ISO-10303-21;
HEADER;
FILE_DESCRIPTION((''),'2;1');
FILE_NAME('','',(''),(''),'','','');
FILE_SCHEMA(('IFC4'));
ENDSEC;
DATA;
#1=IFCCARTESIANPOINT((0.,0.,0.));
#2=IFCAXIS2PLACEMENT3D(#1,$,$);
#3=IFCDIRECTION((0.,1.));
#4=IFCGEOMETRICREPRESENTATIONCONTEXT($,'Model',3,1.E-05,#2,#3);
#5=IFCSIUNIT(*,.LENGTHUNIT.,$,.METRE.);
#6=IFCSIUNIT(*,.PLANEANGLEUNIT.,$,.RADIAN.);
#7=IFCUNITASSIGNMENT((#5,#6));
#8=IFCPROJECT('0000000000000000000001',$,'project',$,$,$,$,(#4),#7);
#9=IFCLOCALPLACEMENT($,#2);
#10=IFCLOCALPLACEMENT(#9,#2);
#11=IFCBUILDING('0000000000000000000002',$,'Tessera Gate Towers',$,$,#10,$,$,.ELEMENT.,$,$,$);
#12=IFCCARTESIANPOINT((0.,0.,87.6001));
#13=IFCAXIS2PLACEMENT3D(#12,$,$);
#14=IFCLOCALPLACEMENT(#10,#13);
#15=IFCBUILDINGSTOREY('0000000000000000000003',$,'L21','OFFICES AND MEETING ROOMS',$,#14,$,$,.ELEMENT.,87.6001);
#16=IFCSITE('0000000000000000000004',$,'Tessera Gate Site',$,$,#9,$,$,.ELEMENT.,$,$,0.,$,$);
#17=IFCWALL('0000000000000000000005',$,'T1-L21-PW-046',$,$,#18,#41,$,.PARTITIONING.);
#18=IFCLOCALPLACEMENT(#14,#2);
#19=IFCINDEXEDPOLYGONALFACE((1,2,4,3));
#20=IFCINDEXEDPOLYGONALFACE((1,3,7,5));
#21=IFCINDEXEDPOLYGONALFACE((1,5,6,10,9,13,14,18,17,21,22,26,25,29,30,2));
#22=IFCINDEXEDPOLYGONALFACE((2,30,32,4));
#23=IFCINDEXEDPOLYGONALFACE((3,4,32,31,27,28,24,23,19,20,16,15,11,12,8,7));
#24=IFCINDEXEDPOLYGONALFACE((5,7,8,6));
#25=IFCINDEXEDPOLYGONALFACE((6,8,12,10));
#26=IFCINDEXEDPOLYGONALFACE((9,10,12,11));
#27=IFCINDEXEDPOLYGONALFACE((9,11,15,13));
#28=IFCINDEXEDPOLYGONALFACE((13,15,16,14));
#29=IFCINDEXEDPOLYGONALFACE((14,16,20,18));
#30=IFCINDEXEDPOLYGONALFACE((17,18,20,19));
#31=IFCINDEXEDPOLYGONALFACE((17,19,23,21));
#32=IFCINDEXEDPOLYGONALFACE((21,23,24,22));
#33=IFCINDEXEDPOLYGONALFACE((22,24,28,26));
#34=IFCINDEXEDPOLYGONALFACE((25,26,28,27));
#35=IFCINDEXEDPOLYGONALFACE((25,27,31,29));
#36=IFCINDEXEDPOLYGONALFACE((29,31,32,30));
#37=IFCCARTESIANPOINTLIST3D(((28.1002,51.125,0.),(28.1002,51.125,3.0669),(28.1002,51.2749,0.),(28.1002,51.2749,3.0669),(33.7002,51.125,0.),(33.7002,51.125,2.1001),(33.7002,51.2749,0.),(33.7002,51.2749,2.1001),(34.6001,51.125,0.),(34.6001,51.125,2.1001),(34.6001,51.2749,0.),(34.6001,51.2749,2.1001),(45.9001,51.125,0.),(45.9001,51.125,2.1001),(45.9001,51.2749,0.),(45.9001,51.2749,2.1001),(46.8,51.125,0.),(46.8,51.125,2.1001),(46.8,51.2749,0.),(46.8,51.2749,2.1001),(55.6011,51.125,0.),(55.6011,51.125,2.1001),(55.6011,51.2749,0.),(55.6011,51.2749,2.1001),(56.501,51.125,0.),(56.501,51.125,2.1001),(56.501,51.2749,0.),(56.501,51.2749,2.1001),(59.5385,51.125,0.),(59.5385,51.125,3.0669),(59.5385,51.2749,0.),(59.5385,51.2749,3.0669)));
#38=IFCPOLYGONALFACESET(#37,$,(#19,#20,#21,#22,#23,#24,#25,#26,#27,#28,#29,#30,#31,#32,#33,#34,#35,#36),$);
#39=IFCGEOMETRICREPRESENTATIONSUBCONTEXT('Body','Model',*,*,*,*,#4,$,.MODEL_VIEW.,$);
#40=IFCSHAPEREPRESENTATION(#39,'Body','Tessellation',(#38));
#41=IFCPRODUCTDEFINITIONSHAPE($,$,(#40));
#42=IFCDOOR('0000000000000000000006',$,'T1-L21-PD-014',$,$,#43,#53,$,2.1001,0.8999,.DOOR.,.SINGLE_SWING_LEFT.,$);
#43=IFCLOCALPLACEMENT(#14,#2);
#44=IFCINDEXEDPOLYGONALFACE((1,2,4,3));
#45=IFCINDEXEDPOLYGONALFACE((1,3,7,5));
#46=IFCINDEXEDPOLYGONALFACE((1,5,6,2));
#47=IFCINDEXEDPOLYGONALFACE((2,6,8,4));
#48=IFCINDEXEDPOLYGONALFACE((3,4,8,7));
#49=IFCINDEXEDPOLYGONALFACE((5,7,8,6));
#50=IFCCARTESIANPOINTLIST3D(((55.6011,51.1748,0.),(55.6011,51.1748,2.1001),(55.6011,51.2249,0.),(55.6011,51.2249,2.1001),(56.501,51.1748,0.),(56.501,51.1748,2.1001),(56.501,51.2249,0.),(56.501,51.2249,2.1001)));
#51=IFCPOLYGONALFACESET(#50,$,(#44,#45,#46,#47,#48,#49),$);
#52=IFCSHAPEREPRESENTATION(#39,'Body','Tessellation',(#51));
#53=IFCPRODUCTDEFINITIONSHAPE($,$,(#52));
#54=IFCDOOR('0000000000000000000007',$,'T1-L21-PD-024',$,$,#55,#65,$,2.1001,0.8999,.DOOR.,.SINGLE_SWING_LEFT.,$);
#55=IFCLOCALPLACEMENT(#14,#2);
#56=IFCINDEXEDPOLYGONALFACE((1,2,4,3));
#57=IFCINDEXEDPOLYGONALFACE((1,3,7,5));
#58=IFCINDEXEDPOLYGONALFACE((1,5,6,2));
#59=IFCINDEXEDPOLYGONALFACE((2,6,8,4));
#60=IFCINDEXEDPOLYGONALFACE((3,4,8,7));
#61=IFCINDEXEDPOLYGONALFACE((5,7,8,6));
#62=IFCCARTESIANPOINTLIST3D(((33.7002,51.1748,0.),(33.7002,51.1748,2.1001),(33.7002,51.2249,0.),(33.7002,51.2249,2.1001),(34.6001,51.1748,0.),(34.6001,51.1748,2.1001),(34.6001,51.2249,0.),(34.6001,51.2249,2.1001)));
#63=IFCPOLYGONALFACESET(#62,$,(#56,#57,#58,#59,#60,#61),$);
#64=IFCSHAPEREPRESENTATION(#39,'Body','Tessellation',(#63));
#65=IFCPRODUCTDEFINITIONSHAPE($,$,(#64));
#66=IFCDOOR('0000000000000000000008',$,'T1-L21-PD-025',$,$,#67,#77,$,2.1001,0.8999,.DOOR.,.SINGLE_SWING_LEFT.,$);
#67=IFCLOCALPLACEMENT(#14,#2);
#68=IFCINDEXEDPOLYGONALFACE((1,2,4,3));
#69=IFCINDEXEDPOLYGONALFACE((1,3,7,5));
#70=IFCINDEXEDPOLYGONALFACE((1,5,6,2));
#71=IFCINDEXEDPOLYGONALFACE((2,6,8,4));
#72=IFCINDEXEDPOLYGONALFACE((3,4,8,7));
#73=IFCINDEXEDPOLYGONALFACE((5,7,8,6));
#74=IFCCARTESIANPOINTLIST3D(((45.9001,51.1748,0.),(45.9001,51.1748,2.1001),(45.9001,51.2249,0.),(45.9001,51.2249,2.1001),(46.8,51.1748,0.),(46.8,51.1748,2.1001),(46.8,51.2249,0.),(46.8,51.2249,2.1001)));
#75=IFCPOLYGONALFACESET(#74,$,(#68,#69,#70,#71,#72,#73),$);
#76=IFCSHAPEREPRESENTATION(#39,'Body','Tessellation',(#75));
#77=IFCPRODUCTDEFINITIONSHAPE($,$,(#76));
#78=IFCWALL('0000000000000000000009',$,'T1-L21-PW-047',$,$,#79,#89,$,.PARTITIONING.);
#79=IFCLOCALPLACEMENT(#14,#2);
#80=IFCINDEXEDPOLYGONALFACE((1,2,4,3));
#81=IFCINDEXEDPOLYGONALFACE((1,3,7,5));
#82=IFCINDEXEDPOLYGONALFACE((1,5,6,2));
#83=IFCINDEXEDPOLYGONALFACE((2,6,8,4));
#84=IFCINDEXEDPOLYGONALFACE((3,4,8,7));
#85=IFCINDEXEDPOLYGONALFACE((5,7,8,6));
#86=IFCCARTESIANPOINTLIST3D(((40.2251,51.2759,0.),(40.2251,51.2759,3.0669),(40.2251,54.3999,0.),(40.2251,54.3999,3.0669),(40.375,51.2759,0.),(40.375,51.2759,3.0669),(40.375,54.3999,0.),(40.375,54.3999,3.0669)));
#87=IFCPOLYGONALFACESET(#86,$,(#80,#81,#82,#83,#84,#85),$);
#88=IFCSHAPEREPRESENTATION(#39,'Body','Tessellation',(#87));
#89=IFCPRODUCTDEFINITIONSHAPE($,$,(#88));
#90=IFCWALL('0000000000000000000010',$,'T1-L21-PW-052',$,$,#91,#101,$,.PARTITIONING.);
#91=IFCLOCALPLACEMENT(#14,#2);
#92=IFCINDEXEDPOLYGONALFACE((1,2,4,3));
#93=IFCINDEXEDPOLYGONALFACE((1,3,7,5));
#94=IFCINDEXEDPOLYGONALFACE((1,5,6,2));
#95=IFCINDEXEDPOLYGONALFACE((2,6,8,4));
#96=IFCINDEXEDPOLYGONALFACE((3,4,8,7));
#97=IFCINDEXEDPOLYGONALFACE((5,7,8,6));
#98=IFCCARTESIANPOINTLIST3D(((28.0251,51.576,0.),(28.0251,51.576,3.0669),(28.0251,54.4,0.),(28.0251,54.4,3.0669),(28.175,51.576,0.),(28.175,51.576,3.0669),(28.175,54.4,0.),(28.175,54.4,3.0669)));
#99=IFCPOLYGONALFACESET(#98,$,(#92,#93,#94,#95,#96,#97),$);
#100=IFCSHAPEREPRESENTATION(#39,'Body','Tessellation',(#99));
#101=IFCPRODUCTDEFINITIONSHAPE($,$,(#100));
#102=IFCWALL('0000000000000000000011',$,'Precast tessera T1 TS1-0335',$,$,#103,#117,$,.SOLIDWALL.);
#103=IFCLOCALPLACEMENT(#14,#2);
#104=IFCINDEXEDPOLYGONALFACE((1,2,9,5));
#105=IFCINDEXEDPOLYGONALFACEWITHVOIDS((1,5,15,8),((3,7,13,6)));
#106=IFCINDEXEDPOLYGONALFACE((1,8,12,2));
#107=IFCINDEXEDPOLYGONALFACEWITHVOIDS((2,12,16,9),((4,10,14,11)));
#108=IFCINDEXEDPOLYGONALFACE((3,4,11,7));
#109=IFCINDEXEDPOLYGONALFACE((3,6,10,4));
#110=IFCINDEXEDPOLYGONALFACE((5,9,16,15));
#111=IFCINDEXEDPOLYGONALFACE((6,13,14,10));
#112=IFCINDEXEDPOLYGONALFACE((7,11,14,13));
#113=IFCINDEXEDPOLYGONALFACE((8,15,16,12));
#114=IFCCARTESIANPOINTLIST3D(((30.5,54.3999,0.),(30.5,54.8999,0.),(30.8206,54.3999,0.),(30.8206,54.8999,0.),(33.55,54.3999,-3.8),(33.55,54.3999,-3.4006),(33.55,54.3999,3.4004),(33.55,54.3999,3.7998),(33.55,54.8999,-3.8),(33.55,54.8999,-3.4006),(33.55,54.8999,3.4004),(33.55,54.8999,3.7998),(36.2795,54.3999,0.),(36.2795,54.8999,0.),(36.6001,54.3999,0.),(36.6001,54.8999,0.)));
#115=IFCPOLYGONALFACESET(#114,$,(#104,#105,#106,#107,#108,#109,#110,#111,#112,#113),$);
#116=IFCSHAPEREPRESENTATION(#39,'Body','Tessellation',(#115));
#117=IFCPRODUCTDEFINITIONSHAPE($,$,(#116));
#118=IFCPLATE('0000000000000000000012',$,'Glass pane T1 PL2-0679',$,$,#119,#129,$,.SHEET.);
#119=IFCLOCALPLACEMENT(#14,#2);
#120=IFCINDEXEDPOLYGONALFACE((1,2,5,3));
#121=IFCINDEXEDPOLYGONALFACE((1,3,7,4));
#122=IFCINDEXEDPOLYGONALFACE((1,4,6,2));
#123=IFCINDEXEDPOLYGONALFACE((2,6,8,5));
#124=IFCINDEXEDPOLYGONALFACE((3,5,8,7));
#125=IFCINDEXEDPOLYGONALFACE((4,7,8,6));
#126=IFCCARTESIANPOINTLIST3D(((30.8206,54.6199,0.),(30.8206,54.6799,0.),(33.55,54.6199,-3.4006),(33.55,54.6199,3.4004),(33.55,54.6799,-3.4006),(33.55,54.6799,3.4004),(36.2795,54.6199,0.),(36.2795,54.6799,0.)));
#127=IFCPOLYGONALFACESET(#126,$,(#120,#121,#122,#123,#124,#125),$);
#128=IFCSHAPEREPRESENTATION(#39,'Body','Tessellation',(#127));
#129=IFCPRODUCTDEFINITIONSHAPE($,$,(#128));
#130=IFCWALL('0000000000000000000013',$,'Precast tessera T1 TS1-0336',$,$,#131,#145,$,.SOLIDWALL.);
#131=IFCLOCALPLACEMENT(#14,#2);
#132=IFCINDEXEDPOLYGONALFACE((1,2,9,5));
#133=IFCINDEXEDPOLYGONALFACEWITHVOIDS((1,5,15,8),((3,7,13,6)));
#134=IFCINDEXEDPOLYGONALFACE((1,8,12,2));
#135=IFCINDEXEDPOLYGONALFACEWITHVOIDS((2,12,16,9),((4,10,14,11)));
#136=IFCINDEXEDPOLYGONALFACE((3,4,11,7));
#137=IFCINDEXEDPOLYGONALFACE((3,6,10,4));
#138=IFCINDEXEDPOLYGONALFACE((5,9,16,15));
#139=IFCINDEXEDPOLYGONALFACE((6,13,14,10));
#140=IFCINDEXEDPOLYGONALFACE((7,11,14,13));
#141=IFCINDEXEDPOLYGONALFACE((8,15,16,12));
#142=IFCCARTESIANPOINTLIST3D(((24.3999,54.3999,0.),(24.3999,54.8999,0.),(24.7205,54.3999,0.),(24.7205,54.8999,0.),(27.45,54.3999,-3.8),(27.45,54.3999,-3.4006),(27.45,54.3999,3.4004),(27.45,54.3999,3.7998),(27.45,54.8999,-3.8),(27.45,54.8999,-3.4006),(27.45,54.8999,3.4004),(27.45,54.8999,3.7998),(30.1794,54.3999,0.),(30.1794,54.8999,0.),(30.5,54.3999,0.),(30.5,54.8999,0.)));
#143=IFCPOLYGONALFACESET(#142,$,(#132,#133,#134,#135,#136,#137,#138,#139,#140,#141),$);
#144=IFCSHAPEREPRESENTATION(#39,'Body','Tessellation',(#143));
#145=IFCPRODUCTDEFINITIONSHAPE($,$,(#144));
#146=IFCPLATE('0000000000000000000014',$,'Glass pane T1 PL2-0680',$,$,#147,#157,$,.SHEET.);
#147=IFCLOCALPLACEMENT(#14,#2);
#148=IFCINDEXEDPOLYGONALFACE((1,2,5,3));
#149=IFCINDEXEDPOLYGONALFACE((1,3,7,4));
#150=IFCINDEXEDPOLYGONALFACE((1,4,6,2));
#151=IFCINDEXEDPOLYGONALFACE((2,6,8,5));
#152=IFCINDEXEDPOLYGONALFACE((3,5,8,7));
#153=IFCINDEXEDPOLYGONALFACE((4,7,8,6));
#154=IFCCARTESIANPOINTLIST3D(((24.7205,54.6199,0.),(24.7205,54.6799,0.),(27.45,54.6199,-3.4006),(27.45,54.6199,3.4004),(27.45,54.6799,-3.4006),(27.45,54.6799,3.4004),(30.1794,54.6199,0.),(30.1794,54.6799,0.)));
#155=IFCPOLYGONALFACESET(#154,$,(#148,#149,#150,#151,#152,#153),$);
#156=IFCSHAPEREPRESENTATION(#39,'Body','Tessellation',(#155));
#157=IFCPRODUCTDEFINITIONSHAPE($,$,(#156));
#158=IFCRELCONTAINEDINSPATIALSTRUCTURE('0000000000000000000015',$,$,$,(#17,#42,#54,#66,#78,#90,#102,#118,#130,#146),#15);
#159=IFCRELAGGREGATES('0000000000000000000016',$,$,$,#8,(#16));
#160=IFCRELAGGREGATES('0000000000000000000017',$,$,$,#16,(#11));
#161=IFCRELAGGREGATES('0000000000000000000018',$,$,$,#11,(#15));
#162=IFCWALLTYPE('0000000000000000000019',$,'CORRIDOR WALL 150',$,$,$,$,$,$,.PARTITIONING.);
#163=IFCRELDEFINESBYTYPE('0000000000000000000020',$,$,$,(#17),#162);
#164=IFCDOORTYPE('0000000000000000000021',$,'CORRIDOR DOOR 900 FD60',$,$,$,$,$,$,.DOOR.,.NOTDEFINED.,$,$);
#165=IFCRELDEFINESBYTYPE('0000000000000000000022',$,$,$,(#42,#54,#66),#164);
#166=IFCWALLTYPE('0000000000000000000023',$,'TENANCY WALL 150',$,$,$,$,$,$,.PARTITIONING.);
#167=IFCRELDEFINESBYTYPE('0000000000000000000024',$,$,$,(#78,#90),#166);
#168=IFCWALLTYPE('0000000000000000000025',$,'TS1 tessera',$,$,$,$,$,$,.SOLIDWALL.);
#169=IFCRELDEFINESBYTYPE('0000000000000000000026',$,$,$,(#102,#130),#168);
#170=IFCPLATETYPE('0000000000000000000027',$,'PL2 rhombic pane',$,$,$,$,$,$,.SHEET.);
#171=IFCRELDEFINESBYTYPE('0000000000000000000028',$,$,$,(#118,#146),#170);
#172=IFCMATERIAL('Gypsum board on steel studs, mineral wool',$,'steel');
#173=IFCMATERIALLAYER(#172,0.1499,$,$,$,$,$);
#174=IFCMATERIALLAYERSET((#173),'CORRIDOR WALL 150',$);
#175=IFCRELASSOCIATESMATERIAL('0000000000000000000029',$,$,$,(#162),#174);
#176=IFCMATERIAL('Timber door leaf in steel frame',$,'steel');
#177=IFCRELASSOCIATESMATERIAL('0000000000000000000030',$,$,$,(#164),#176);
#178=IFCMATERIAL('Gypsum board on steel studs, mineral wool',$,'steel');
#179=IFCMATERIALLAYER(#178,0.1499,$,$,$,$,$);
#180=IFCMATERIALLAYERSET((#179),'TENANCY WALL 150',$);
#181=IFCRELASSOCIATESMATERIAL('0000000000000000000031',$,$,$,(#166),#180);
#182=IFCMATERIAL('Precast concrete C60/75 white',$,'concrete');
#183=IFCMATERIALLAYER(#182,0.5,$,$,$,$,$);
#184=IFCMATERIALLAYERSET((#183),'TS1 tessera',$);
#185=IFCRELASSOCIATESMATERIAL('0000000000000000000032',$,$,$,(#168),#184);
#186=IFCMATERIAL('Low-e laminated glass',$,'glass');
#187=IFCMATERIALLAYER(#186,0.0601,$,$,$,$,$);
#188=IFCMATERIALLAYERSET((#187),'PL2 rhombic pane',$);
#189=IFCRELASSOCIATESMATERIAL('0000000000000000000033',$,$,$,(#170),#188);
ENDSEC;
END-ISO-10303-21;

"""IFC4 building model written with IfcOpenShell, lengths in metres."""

from ifc_helpers import new_model, si_unit, direction, frame, frame_2d, origin, place, context, subcontext, project, spatial, polyline, rectangle, outline, extrude, source, transform, mapped, material, layer, layer_set, type_object, element, fill, save


model = new_model("IFC4")

# Units and contexts
model_context = context("Model", 3, precision=1e-05, world=origin(), true_north=direction((0.0, 1.0)))
body_context = subcontext(model_context, "Body", "Model", "MODEL_VIEW")
ifc_project = project(units=[si_unit("LENGTHUNIT", "METRE"), si_unit("PLANEANGLEUNIT", "RADIAN")], contexts=[model_context])

# Site, building, storey
site_placement = place(None, origin())
site = spatial("IfcSite", under=ifc_project, at=site_placement, Name="Tessera Gate Site", CompositionType="ELEMENT", RefElevation=0.0)
building_placement = place(site_placement, origin())
building = spatial("IfcBuilding", under=site, at=building_placement, Name="Tessera Gate Towers", CompositionType="ELEMENT")
storey_placement = place(building_placement, frame((0.0, 0.0, 87.6001)))
storey = spatial("IfcBuildingStorey", under=building, at=storey_placement, Name="L21", Description="OFFICES AND MEETING ROOMS", CompositionType="ELEMENT", Elevation=87.6001)

# Shared definitions
ifc_material_1 = material(Name="Gypsum board on steel studs, mineral wool", Category="steel")
ifc_layer_1 = layer(ifc_material_1, 0.1499)
ifc_layer_set_1 = layer_set([ifc_layer_1], Name="CORRIDOR WALL 150")
wall_type_1 = type_object("IfcWallType", Name="CORRIDOR WALL 150", PredefinedType="PARTITIONING", material=ifc_layer_set_1)

# Wall, openings, doors
wall_1_placement = place(storey_placement, frame((28.1001, 51.2, 0.0), z_axis=(0.0, 0.0, 1.0), x_axis=(1.0, 0.0, 0.0)))
wall_1 = element("IfcWall", 1, at=wall_1_placement, inside=storey, type_object=wall_type_1, Name="T1-L21-PW-046", PredefinedType="PARTITIONING", context=body_context, shape_type="SweptSolid", body=[
    extrude(rectangle(XDim=31.4382, YDim=0.1499, at=frame_2d((15.7192, 0.0))), origin(), (0.0, 0.0, 1.0), 3.0669),
])
shared_shape_1 = source(origin(), body_context, "Body", "SweptSolid", [
    extrude(rectangle(XDim=0.8999, YDim=2.1001, at=frame_2d((0.45, 1.05))), frame((0.0, 0.085, 0.0), z_axis=(0.0, -1.0, 0.0), x_axis=(1.0, 0.0, 0.0)), (0.0, 0.0, 1.0), 0.1699),
])
opening_1_placement = place(wall_1_placement, frame((27.501, 0.0, 0.0)))
opening_1 = element("IfcOpeningElement", 2, at=opening_1_placement, cuts=wall_1, PredefinedType="OPENING", context=body_context, shape_type="MappedRepresentation", body=[
    mapped(shared_shape_1, transform((0.0, 0.0, 0.0), scale=1.0)),
])
opening_2_placement = place(wall_1_placement, frame((5.6001, 0.0, 0.0)))
opening_2 = element("IfcOpeningElement", 3, at=opening_2_placement, cuts=wall_1, PredefinedType="OPENING", context=body_context, shape_type="MappedRepresentation", body=[
    mapped(shared_shape_1, transform((0.0, 0.0, 0.0), scale=1.0)),
])
opening_3_placement = place(wall_1_placement, frame((17.8, 0.0, 0.0)))
opening_3 = element("IfcOpeningElement", 4, at=opening_3_placement, cuts=wall_1, PredefinedType="OPENING", context=body_context, shape_type="MappedRepresentation", body=[
    mapped(shared_shape_1, transform((0.0, 0.0, 0.0), scale=1.0)),
])
ifc_material_2 = material(Name="Timber door leaf in steel frame", Category="steel")
door_type = type_object("IfcDoorType", Name="CORRIDOR DOOR 900 FD60", OperationType="NOTDEFINED", PredefinedType="DOOR", material=ifc_material_2)
shared_shape_2 = source(origin(), body_context, "Body", "SweptSolid", [
    extrude(rectangle(XDim=0.8999, YDim=2.1001, at=frame_2d((0.45, 1.05))), frame((0.0, 0.0249, 0.0), z_axis=(0.0, -1.0, 0.0), x_axis=(1.0, 0.0, 0.0)), (0.0, 0.0, 1.0), 0.05),
])
door_1_placement = place(opening_1_placement, origin())
door_1 = element("IfcDoor", 5, at=door_1_placement, inside=storey, type_object=door_type, Name="T1-L21-PD-014", OperationType="SINGLE_SWING_LEFT", OverallHeight=2.1001, OverallWidth=0.8999, PredefinedType="DOOR", context=body_context, shape_type="MappedRepresentation", body=[
    mapped(shared_shape_2, transform((0.0, 0.0, 0.0), scale=1.0)),
])
fill(opening_1, door_1)
door_2_placement = place(opening_2_placement, origin())
door_2 = element("IfcDoor", 6, at=door_2_placement, inside=storey, type_object=door_type, Name="T1-L21-PD-024", OperationType="SINGLE_SWING_LEFT", OverallHeight=2.1001, OverallWidth=0.8999, PredefinedType="DOOR", context=body_context, shape_type="MappedRepresentation", body=[
    mapped(shared_shape_2, transform((0.0, 0.0, 0.0), scale=1.0)),
])
fill(opening_2, door_2)
door_3_placement = place(opening_3_placement, origin())
door_3 = element("IfcDoor", 7, at=door_3_placement, inside=storey, type_object=door_type, Name="T1-L21-PD-025", OperationType="SINGLE_SWING_LEFT", OverallHeight=2.1001, OverallWidth=0.8999, PredefinedType="DOOR", context=body_context, shape_type="MappedRepresentation", body=[
    mapped(shared_shape_2, transform((0.0, 0.0, 0.0), scale=1.0)),
])
fill(opening_3, door_3)

# Walls
ifc_material_3 = material(Name="Gypsum board on steel studs, mineral wool", Category="steel")
ifc_layer_2 = layer(ifc_material_3, 0.1499)
ifc_layer_set_2 = layer_set([ifc_layer_2], Name="TENANCY WALL 150")
wall_type_2 = type_object("IfcWallType", Name="TENANCY WALL 150", PredefinedType="PARTITIONING", material=ifc_layer_set_2)
wall_2_placement = place(storey_placement, frame((40.3, 51.2759, 0.0), z_axis=(0.0, 0.0, 1.0), x_axis=(0.0, 1.0, 0.0)))
element("IfcWall", 8, at=wall_2_placement, inside=storey, type_object=wall_type_2, Name="T1-L21-PW-047", PredefinedType="PARTITIONING", context=body_context, shape_type="SweptSolid", body=[
    extrude(rectangle(XDim=3.124, YDim=0.1499, at=frame_2d((1.562, 0.0))), origin(), (0.0, 0.0, 1.0), 3.0669),
])
wall_3_placement = place(storey_placement, frame((28.1001, 51.5759, 0.0), z_axis=(0.0, 0.0, 1.0), x_axis=(0.0, 1.0, 0.0)))
element("IfcWall", 9, at=wall_3_placement, inside=storey, type_object=wall_type_2, Name="T1-L21-PW-052", PredefinedType="PARTITIONING", context=body_context, shape_type="SweptSolid", body=[
    extrude(rectangle(XDim=2.824, YDim=0.1499, at=frame_2d((1.4121, 0.0))), origin(), (0.0, 0.0, 1.0), 3.0669),
])

# Walls, openings, plates
ifc_material_4 = material(Name="Precast concrete C60/75 white", Category="concrete")
ifc_layer_3 = layer(ifc_material_4, 0.5)
ifc_layer_set_3 = layer_set([ifc_layer_3], Name="TS1 tessera")
wall_type_3 = type_object("IfcWallType", Name="TS1 tessera", PredefinedType="SOLIDWALL", material=ifc_layer_set_3)
shared_shape_3 = source(origin(), body_context, "Body", "SweptSolid", [
    extrude(outline(polyline([(3.05, 0.0), (6.1001, 3.8), (3.05, 7.5999), (0.0, 3.8), (3.05, 0.0)])), frame((0.0, 0.25, 0.0), z_axis=(0.0, -1.0, 0.0), x_axis=(1.0, 0.0, 0.0)), (0.0, 0.0, 1.0), 0.5),
])
wall_4_placement = place(storey_placement, frame((36.6001, 54.6499, -3.8), z_axis=(0.0, 0.0, 1.0), x_axis=(-1.0, 0.0, 0.0)))
wall_4 = element("IfcWall", 10, at=wall_4_placement, inside=storey, type_object=wall_type_3, Name="Precast tessera T1 TS1-0335", PredefinedType="SOLIDWALL", context=body_context, shape_type="MappedRepresentation", body=[
    mapped(shared_shape_3, transform((0.0, 0.0, 0.0), scale=1.0)),
])
shared_shape_4 = source(origin(), body_context, "Body", "SweptSolid", [
    extrude(outline(polyline([(3.05, 0.3994), (5.7795, 3.8), (3.05, 7.2004), (0.3206, 3.8), (3.05, 0.3994)])), frame((0.0, 0.26, 0.0), z_axis=(0.0, -1.0, 0.0), x_axis=(1.0, 0.0, 0.0)), (0.0, 0.0, 1.0), 0.52),
])
opening_4_placement = place(wall_4_placement, origin())
opening_4 = element("IfcOpeningElement", 11, at=opening_4_placement, cuts=wall_4, PredefinedType="OPENING", context=body_context, shape_type="MappedRepresentation", body=[
    mapped(shared_shape_4, transform((0.0, 0.0, 0.0), scale=1.0)),
])
ifc_material_5 = material(Name="Low-e laminated glass", Category="glass")
ifc_layer_4 = layer(ifc_material_5, 0.0601)
ifc_layer_set_4 = layer_set([ifc_layer_4], Name="PL2 rhombic pane")
plate_type = type_object("IfcPlateType", Name="PL2 rhombic pane", PredefinedType="SHEET", material=ifc_layer_set_4)
shared_shape_5 = source(origin(), body_context, "Body", "SweptSolid", [
    extrude(outline(polyline([(3.05, 0.3994), (5.7795, 3.8), (3.05, 7.2004), (0.3206, 3.8), (3.05, 0.3994)])), frame((0.0, 0.03, 0.0), z_axis=(0.0, -1.0, 0.0), x_axis=(1.0, 0.0, 0.0)), (0.0, 0.0, 1.0), 0.0601),
])
plate_1_placement = place(opening_4_placement, origin())
plate_1 = element("IfcPlate", 12, at=plate_1_placement, inside=storey, type_object=plate_type, Name="Glass pane T1 PL2-0679", PredefinedType="SHEET", context=body_context, shape_type="MappedRepresentation", body=[
    mapped(shared_shape_5, transform((0.0, 0.0, 0.0), scale=1.0)),
])
fill(opening_4, plate_1)
wall_5_placement = place(storey_placement, frame((30.5, 54.6499, -3.8), z_axis=(0.0, 0.0, 1.0), x_axis=(-1.0, 0.0, 0.0)))
wall_5 = element("IfcWall", 13, at=wall_5_placement, inside=storey, type_object=wall_type_3, Name="Precast tessera T1 TS1-0336", PredefinedType="SOLIDWALL", context=body_context, shape_type="MappedRepresentation", body=[
    mapped(shared_shape_3, transform((0.0, 0.0, 0.0), scale=1.0)),
])
opening_5_placement = place(wall_5_placement, origin())
opening_5 = element("IfcOpeningElement", 14, at=opening_5_placement, cuts=wall_5, PredefinedType="OPENING", context=body_context, shape_type="MappedRepresentation", body=[
    mapped(shared_shape_4, transform((0.0, 0.0, 0.0), scale=1.0)),
])
plate_2_placement = place(opening_5_placement, origin())
plate_2 = element("IfcPlate", 15, at=plate_2_placement, inside=storey, type_object=plate_type, Name="Glass pane T1 PL2-0680", PredefinedType="SHEET", context=body_context, shape_type="MappedRepresentation", body=[
    mapped(shared_shape_5, transform((0.0, 0.0, 0.0), scale=1.0)),
])
fill(opening_5, plate_2)

save(model, "model.ifc")
